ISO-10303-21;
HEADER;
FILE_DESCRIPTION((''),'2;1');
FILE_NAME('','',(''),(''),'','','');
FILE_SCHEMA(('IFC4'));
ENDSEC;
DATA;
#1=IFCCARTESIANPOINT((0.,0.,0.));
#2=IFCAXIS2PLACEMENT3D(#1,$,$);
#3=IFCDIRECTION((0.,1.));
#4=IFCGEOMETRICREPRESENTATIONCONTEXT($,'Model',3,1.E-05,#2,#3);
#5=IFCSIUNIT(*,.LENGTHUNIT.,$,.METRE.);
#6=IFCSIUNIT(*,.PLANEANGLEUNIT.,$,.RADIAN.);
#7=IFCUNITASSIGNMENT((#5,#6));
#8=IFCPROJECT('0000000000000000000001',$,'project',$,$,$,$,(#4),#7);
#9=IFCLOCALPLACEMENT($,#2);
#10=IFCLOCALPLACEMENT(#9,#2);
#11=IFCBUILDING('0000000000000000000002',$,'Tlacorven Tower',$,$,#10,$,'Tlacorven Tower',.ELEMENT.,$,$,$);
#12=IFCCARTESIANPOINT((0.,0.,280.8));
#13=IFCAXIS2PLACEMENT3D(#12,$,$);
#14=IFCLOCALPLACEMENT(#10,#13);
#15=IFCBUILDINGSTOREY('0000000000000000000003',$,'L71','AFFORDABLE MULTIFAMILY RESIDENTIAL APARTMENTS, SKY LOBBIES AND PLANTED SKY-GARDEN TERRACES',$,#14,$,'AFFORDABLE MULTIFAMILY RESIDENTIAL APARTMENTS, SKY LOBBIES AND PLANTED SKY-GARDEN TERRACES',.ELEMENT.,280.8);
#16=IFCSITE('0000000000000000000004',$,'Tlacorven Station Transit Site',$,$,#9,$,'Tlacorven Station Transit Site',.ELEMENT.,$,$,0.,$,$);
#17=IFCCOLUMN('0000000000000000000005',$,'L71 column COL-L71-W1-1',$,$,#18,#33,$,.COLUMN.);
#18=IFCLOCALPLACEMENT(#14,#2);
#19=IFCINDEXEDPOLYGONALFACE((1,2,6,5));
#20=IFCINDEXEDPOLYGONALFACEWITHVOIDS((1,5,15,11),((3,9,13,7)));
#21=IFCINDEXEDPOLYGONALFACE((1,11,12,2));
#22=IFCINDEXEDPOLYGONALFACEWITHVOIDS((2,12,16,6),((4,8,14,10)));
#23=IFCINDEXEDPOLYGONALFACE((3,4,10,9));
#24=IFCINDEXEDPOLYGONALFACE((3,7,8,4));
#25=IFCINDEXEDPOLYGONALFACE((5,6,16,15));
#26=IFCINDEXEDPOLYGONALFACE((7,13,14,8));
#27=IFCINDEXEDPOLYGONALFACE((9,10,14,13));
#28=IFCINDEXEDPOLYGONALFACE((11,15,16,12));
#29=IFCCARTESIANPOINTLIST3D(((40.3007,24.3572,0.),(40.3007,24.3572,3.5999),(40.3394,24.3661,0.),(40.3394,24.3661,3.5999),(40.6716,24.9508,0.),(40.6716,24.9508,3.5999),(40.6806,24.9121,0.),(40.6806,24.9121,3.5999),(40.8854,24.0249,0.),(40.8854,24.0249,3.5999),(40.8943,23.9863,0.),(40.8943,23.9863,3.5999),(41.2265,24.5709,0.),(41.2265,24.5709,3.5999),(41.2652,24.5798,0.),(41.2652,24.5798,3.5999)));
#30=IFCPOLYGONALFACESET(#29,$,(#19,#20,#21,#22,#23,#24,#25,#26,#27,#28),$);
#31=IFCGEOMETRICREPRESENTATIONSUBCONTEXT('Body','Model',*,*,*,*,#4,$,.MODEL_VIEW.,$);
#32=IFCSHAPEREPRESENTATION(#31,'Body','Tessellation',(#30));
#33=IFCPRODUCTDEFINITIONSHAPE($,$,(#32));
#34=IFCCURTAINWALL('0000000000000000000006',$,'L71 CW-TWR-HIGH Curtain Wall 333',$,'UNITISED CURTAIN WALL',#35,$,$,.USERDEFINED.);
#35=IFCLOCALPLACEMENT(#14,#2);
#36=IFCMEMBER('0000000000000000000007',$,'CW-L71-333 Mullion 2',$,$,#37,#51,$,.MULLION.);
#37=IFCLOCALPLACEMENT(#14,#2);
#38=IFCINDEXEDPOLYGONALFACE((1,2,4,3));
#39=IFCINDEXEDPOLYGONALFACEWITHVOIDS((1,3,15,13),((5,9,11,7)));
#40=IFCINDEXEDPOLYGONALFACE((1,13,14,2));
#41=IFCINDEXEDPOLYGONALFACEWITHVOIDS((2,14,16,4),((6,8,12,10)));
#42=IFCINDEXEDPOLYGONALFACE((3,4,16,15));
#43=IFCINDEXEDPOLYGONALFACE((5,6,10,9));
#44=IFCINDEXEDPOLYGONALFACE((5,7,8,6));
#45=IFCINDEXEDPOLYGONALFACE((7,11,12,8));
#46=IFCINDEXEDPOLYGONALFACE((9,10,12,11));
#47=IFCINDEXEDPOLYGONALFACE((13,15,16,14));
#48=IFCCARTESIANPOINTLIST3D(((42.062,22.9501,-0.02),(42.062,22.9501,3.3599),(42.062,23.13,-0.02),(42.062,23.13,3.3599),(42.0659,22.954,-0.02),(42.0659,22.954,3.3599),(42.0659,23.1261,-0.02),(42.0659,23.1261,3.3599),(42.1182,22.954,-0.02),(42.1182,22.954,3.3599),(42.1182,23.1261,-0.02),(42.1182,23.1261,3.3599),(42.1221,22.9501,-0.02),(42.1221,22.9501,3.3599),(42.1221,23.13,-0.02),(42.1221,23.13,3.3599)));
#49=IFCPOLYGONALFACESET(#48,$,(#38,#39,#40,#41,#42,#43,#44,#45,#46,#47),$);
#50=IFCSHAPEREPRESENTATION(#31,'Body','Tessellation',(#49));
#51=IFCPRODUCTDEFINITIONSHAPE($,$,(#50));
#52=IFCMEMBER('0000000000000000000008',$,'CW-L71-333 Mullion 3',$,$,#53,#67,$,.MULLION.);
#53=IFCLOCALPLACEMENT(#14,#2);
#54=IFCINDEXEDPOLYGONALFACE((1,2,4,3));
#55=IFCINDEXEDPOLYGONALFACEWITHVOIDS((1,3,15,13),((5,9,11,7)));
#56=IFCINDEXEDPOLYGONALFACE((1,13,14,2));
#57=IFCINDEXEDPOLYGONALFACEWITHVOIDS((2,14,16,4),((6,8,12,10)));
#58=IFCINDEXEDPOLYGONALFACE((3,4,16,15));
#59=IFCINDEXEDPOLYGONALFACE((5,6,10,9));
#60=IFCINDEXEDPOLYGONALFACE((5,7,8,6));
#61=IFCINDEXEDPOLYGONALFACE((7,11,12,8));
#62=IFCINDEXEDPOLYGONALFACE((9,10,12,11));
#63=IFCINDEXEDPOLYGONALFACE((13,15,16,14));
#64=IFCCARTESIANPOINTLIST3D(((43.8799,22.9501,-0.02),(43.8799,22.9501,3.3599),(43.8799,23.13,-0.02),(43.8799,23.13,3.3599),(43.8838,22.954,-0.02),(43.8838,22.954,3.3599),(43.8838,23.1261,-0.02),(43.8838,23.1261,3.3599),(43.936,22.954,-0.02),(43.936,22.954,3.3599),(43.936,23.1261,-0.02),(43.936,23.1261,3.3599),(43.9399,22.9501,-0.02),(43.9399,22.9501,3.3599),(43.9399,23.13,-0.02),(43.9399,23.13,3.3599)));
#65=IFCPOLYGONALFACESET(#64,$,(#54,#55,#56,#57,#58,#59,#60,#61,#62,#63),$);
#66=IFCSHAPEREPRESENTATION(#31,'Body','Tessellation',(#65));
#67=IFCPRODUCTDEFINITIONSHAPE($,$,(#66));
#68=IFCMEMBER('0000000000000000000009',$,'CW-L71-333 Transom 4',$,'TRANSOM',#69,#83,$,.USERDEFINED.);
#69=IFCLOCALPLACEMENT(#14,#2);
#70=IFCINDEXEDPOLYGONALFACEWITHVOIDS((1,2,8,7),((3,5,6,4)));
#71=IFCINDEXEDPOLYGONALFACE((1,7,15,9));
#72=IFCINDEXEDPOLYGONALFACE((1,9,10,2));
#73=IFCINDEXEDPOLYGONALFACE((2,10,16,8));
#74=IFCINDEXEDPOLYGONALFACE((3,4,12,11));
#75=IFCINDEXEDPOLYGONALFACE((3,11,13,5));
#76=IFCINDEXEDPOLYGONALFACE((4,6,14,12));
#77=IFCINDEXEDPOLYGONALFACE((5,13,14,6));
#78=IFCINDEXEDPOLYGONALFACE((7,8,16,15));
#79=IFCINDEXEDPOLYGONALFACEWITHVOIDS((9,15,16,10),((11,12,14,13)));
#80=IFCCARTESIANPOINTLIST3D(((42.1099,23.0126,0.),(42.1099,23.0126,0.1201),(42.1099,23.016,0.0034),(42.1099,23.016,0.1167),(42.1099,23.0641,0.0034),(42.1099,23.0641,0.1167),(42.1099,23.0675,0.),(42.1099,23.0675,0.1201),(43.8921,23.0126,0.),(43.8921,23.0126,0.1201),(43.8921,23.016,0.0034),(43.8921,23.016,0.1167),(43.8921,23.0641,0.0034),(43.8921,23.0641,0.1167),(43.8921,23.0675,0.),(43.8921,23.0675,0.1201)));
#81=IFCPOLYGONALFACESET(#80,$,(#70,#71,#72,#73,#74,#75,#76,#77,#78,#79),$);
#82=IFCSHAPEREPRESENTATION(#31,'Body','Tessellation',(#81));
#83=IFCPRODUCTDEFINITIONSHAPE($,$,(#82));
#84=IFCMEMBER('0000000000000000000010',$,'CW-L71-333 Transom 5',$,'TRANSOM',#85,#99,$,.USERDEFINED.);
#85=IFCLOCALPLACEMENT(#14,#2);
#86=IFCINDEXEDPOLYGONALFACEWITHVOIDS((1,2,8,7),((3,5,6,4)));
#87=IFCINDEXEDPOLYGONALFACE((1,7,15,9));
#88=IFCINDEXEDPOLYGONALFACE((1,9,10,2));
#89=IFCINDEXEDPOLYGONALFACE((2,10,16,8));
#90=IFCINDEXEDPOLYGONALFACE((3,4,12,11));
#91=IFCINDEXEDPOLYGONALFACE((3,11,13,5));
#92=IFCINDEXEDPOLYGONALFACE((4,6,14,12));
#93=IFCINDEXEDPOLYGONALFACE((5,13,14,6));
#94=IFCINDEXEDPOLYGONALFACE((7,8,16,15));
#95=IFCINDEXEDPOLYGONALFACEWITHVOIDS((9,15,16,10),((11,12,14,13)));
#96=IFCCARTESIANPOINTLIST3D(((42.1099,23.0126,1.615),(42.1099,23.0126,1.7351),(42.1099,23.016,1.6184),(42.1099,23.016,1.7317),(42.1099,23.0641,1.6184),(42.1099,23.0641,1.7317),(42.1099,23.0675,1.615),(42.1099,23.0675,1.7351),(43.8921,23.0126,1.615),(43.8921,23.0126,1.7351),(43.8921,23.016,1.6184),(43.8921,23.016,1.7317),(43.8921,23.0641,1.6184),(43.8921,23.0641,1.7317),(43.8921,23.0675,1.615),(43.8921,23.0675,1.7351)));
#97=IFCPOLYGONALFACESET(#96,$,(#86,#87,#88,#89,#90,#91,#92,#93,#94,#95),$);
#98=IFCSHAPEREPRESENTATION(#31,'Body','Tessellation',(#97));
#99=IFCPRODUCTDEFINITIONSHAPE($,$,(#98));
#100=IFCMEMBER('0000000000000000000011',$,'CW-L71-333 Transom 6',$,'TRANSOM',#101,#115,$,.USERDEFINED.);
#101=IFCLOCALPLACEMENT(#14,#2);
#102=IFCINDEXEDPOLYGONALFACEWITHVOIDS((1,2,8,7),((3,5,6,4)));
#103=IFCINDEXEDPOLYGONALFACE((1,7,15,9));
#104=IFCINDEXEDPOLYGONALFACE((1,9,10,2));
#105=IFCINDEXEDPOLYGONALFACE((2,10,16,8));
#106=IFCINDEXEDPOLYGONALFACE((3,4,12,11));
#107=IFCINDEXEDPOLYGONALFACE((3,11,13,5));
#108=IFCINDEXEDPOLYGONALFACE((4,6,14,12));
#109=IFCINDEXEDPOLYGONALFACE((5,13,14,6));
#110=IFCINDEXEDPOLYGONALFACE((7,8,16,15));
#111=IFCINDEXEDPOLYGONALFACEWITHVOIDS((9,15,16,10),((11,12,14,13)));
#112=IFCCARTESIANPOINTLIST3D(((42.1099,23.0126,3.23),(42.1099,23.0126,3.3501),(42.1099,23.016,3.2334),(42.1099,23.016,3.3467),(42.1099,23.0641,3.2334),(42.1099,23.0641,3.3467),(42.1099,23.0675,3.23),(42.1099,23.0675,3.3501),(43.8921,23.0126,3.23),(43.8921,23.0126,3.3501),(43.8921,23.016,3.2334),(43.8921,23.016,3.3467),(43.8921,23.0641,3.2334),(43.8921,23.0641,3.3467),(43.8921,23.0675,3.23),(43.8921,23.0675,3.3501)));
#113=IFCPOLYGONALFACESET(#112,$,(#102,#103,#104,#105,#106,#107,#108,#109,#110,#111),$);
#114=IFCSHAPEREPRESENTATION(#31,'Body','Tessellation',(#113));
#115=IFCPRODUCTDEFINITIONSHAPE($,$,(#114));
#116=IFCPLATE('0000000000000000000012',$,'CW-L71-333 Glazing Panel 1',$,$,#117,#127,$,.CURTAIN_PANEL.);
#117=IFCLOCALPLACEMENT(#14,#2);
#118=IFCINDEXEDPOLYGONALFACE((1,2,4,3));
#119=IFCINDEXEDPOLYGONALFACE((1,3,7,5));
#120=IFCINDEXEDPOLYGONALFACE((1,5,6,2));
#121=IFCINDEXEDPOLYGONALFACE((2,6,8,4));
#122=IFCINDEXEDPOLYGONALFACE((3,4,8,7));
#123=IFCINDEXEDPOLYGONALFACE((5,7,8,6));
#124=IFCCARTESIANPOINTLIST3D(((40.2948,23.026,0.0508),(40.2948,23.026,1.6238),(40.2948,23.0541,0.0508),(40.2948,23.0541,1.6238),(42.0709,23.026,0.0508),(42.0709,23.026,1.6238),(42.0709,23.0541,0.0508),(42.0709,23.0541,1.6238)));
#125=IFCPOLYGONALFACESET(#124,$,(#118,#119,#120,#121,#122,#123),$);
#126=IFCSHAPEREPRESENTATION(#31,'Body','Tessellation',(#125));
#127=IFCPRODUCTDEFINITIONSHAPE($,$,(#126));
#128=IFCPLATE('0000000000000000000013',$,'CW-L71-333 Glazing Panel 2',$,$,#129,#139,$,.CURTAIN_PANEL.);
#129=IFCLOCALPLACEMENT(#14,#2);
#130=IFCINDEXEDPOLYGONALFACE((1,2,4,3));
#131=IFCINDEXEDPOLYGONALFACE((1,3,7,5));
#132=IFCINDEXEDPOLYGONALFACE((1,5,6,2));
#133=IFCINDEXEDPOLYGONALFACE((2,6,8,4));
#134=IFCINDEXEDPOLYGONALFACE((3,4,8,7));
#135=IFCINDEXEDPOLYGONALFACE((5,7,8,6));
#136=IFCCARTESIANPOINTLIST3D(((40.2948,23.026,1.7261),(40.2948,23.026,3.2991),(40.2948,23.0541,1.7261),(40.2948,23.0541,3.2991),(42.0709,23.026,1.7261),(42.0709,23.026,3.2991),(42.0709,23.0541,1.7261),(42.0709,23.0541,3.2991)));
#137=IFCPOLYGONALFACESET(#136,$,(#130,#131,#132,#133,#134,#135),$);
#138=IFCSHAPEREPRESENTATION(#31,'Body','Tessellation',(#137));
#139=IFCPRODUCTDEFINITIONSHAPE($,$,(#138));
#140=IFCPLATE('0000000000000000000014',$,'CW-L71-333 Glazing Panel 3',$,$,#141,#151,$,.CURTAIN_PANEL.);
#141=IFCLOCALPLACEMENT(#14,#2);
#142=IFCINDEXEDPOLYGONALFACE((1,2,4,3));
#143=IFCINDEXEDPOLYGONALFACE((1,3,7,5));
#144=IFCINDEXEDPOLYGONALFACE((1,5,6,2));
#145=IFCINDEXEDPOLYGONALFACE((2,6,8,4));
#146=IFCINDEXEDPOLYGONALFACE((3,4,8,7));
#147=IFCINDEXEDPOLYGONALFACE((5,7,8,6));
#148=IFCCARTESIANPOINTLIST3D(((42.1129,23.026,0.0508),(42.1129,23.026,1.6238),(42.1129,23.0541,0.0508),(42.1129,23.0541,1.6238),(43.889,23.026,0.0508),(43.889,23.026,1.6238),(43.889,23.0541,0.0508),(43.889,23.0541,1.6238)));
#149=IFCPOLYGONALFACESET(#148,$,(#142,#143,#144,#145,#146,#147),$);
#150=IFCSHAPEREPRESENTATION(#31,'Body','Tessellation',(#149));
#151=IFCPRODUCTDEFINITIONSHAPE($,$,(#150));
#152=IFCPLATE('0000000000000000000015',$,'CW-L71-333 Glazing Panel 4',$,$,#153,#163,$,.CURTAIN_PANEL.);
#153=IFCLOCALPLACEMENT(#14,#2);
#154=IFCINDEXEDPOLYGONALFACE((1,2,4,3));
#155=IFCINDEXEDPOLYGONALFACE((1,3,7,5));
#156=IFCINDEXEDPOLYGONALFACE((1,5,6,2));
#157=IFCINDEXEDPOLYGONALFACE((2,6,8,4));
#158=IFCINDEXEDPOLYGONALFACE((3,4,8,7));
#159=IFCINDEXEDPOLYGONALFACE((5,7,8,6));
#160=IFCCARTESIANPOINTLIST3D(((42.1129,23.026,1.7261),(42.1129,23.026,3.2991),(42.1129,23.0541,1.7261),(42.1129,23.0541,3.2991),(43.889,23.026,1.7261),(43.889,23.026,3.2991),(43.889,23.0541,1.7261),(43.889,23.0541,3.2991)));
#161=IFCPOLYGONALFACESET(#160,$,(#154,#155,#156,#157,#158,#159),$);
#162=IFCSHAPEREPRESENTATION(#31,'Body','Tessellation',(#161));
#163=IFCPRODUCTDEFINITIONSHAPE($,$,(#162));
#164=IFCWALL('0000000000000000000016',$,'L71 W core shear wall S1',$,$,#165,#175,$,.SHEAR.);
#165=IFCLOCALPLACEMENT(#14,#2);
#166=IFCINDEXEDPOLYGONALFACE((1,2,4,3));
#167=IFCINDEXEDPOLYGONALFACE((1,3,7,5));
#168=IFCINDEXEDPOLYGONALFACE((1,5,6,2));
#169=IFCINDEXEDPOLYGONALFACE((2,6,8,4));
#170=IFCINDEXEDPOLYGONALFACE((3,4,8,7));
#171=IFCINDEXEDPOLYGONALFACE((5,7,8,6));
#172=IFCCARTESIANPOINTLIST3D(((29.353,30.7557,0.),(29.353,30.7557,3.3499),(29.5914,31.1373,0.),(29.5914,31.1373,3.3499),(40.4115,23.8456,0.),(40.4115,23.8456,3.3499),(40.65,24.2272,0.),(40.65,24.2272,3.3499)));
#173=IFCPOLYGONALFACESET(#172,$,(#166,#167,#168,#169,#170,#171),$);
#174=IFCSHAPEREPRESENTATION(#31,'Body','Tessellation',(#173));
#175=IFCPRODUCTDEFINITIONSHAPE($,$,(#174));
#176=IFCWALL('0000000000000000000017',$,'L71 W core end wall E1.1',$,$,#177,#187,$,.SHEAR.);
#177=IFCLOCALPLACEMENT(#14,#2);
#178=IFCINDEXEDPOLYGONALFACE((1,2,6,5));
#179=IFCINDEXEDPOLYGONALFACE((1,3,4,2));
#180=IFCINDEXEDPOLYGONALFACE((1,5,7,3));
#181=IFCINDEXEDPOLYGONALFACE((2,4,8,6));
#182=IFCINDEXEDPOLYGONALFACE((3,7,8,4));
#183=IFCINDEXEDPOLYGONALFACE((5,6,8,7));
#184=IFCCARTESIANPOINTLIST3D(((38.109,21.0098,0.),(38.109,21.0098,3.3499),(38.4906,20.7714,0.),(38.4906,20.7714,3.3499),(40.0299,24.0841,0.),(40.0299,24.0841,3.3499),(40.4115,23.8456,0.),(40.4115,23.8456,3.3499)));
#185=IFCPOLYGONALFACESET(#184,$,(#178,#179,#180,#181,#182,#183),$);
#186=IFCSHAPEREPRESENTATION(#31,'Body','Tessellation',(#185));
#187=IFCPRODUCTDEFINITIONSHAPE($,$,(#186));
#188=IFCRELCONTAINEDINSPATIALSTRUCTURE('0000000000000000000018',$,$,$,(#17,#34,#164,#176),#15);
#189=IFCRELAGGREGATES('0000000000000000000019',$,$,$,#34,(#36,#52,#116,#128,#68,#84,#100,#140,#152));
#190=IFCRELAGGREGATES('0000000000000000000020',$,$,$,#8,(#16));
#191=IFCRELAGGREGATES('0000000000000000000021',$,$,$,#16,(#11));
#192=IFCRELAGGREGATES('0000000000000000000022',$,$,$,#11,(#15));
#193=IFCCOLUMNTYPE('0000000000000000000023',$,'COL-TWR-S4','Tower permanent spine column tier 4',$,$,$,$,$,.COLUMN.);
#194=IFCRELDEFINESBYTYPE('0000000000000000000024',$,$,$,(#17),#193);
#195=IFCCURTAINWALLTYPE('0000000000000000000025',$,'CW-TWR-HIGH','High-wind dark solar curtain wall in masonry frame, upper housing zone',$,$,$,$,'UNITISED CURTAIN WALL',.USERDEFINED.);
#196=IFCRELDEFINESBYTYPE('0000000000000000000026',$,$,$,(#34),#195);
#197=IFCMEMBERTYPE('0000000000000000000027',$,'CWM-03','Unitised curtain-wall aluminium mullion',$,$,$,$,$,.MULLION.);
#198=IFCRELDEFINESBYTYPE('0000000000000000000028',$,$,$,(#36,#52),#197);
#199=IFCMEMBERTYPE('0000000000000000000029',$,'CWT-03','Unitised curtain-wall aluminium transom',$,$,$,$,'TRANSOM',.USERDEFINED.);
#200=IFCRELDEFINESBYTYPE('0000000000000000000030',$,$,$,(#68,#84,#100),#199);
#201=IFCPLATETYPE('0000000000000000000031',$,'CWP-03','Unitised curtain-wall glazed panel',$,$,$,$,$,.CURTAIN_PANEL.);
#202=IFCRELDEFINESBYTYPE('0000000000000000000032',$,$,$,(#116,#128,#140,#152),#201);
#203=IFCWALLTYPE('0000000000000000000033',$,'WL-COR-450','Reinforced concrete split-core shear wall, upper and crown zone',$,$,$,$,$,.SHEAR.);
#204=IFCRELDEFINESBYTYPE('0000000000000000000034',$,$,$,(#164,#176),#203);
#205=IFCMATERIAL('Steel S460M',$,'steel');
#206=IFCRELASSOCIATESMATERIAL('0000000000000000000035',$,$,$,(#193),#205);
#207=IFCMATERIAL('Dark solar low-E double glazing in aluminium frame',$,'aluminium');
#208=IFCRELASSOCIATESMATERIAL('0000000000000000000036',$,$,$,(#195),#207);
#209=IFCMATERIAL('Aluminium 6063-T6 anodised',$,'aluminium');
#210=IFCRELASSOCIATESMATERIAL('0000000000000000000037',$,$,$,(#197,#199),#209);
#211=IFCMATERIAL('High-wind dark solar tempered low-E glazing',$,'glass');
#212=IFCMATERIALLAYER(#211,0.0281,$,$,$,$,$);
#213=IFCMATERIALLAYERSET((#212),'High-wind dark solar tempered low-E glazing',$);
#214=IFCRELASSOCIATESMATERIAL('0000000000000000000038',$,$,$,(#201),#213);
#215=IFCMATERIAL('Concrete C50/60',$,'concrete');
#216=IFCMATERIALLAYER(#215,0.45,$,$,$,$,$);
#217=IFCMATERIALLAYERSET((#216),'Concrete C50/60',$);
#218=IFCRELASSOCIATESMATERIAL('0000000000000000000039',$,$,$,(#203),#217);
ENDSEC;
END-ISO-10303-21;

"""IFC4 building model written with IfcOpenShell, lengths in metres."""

from ifc_helpers import new_model, si_unit, direction, frame, frame_2d, origin, origin_2d, place, context, subcontext, project, spatial, rectangle, hollow_rectangle, extrude, source, transform, mapped, material, layer, layer_set, material_profile, profile_set, type_object, element, aggregate, save


model = new_model("IFC4")

# Units and contexts
model_context = context("Model", 3, precision=1e-05, world=origin(), true_north=direction((0.0, 1.0)))
body_context = subcontext(model_context, "Body", "Model", "MODEL_VIEW")
ifc_project = project(units=[si_unit("LENGTHUNIT", "METRE"), si_unit("PLANEANGLEUNIT", "RADIAN")], contexts=[model_context])

# Site, building, storey
site_placement = place(None, origin())
site = spatial("IfcSite", under=ifc_project, at=site_placement, Name="Tlacorven Station Transit Site", LongName="Tlacorven Station Transit Site", CompositionType="ELEMENT", RefElevation=0.0)
building_placement = place(site_placement, origin())
building = spatial("IfcBuilding", under=site, at=building_placement, Name="Tlacorven Tower", LongName="Tlacorven Tower", CompositionType="ELEMENT")
storey_placement = place(building_placement, frame((0.0, 0.0, 280.8)))
storey = spatial("IfcBuildingStorey", under=building, at=storey_placement, Name="L71", Description="AFFORDABLE MULTIFAMILY RESIDENTIAL APARTMENTS, SKY LOBBIES AND PLANTED SKY-GARDEN TERRACES", LongName="AFFORDABLE MULTIFAMILY RESIDENTIAL APARTMENTS, SKY LOBBIES AND PLANTED SKY-GARDEN TERRACES", CompositionType="ELEMENT", Elevation=280.8)

# Column
ifc_material_1 = material(Name="Steel S460M", Category="steel")
ifc_material_profile_1 = material_profile(ifc_material_1, hollow_rectangle(XDim=0.7, YDim=0.7, WallThickness=0.0281, at=origin_2d()), Name="BOX 700X700X28")
ifc_profile_set_1 = profile_set([ifc_material_profile_1], Name="Steel S460M")
column_type = type_object("IfcColumnType", Name="COL-TWR-S4", Description="Tower permanent spine column tier 4", PredefinedType="COLUMN", material=ifc_profile_set_1)
shared_shape_1 = source(origin(), body_context, "Body", "SweptSolid", [
    extrude(hollow_rectangle(XDim=0.7, YDim=0.7, WallThickness=0.0281, at=origin_2d()), origin(), (0.0, 0.0, 1.0), 3.5999),
])
column_placement = place(storey_placement, frame((40.783, 24.4685, 0.0), z_axis=(0.0, 0.0, 1.0), x_axis=(-0.848048, 0.529919, 0.0)))
element("IfcColumn", 1, at=column_placement, inside=storey, type_object=column_type, Name="L71 column COL-L71-W1-1", PredefinedType="COLUMN", context=body_context, shape_type="MappedRepresentation", body=[
    mapped(shared_shape_1, transform((0.0, 0.0, 0.0), scale=1.0)),
])

# Curtain wall, members, plates
ifc_material_2 = material(Name="Dark solar low-E double glazing in aluminium frame", Category="aluminium")
curtain_wall_type = type_object("IfcCurtainWallType", Name="CW-TWR-HIGH", Description="High-wind dark solar curtain wall in masonry frame, upper housing zone", ElementType="UNITISED CURTAIN WALL", PredefinedType="USERDEFINED", material=ifc_material_2)
curtain_wall_placement = place(storey_placement, origin())
curtain_wall = element("IfcCurtainWall", 2, at=curtain_wall_placement, inside=storey, type_object=curtain_wall_type, Name="L71 CW-TWR-HIGH Curtain Wall 333", ObjectType="UNITISED CURTAIN WALL", PredefinedType="USERDEFINED")
ifc_material_3 = material(Name="Aluminium 6063-T6 anodised", Category="aluminium")
ifc_material_profile_2 = material_profile(ifc_material_3, hollow_rectangle(XDim=0.0601, YDim=0.1799, WallThickness=0.0039, at=origin_2d()), Name="ALU MULLION 60X180")
ifc_profile_set_2 = profile_set([ifc_material_profile_2], Name="Aluminium 6063-T6 anodised")
member_type_1 = type_object("IfcMemberType", Name="CWM-03", Description="Unitised curtain-wall aluminium mullion", PredefinedType="MULLION", material=ifc_profile_set_2)
shared_shape_2 = source(origin(), body_context, "Body", "SweptSolid", [
    extrude(hollow_rectangle(XDim=0.0601, YDim=0.1799, WallThickness=0.0039, at=origin_2d()), origin(), (0.0, 0.0, 1.0), 3.3799),
])
member_1_placement = place(storey_placement, frame((42.092, 23.04, -0.02), z_axis=(0.0, 0.0, 1.0), x_axis=(1.0, 0.0, 0.0)))
member_1 = element("IfcMember", 3, at=member_1_placement, type_object=member_type_1, Name="CW-L71-333 Mullion 2", PredefinedType="MULLION", context=body_context, shape_type="MappedRepresentation", body=[
    mapped(shared_shape_2, transform((0.0, 0.0, 0.0), scale=1.0)),
])
member_2_placement = place(storey_placement, frame((43.9099, 23.04, -0.02), z_axis=(0.0, 0.0, 1.0), x_axis=(1.0, 0.0, 0.0)))
member_2 = element("IfcMember", 4, at=member_2_placement, type_object=member_type_1, Name="CW-L71-333 Mullion 3", PredefinedType="MULLION", context=body_context, shape_type="MappedRepresentation", body=[
    mapped(shared_shape_2, transform((0.0, 0.0, 0.0), scale=1.0)),
])
ifc_material_profile_3 = material_profile(ifc_material_3, hollow_rectangle(XDim=0.0549, YDim=0.1201, WallThickness=0.0034, at=origin_2d()), Name="ALU TRANSOM 55X120")
ifc_profile_set_3 = profile_set([ifc_material_profile_3], Name="Aluminium 6063-T6 anodised")
member_type_2 = type_object("IfcMemberType", Name="CWT-03", Description="Unitised curtain-wall aluminium transom", ElementType="TRANSOM", PredefinedType="USERDEFINED", material=ifc_profile_set_3)
shared_shape_3 = source(origin(), body_context, "Body", "SweptSolid", [
    extrude(hollow_rectangle(XDim=0.0549, YDim=0.1201, WallThickness=0.0034, at=origin_2d()), origin(), (0.0, 0.0, 1.0), 1.7822),
])
member_3_placement = place(storey_placement, frame((42.1099, 23.04, 0.0601), z_axis=(1.0, 0.0, 0.0), x_axis=(0.0, 1.0, 0.0)))
member_3 = element("IfcMember", 5, at=member_3_placement, type_object=member_type_2, Name="CW-L71-333 Transom 4", ObjectType="TRANSOM", PredefinedType="USERDEFINED", context=body_context, shape_type="MappedRepresentation", body=[
    mapped(shared_shape_3, transform((0.0, 0.0, 0.0), scale=1.0)),
])
member_4_placement = place(storey_placement, frame((42.1099, 23.04, 1.675), z_axis=(1.0, 0.0, 0.0), x_axis=(0.0, 1.0, 0.0)))
member_4 = element("IfcMember", 6, at=member_4_placement, type_object=member_type_2, Name="CW-L71-333 Transom 5", ObjectType="TRANSOM", PredefinedType="USERDEFINED", context=body_context, shape_type="MappedRepresentation", body=[
    mapped(shared_shape_3, transform((0.0, 0.0, 0.0), scale=1.0)),
])
member_5_placement = place(storey_placement, frame((42.1099, 23.04, 3.29), z_axis=(1.0, 0.0, 0.0), x_axis=(0.0, 1.0, 0.0)))
member_5 = element("IfcMember", 7, at=member_5_placement, type_object=member_type_2, Name="CW-L71-333 Transom 6", ObjectType="TRANSOM", PredefinedType="USERDEFINED", context=body_context, shape_type="MappedRepresentation", body=[
    mapped(shared_shape_3, transform((0.0, 0.0, 0.0), scale=1.0)),
])
ifc_material_4 = material(Name="High-wind dark solar tempered low-E glazing", Category="glass")
ifc_layer_1 = layer(ifc_material_4, 0.0281)
ifc_layer_set_1 = layer_set([ifc_layer_1], Name="High-wind dark solar tempered low-E glazing")
plate_type = type_object("IfcPlateType", Name="CWP-03", Description="Unitised curtain-wall glazed panel", PredefinedType="CURTAIN_PANEL", material=ifc_layer_set_1)
shared_shape_4 = source(origin(), body_context, "Body", "SweptSolid", [
    extrude(rectangle(XDim=1.7761, YDim=0.0281, at=origin_2d()), origin(), (0.0, 0.0, 1.0), 1.573),
])
plate_1_placement = place(storey_placement, frame((41.1829, 23.04, 0.0508), z_axis=(0.0, 0.0, 1.0), x_axis=(1.0, 0.0, 0.0)))
plate_1 = element("IfcPlate", 8, at=plate_1_placement, type_object=plate_type, Name="CW-L71-333 Glazing Panel 1", PredefinedType="CURTAIN_PANEL", context=body_context, shape_type="MappedRepresentation", body=[
    mapped(shared_shape_4, transform((0.0, 0.0, 0.0), scale=1.0)),
])
plate_2_placement = place(storey_placement, frame((41.1829, 23.04, 1.7261), z_axis=(0.0, 0.0, 1.0), x_axis=(1.0, 0.0, 0.0)))
plate_2 = element("IfcPlate", 9, at=plate_2_placement, type_object=plate_type, Name="CW-L71-333 Glazing Panel 2", PredefinedType="CURTAIN_PANEL", context=body_context, shape_type="MappedRepresentation", body=[
    mapped(shared_shape_4, transform((0.0, 0.0, 0.0), scale=1.0)),
])
plate_3_placement = place(storey_placement, frame((43.001, 23.04, 0.0508), z_axis=(0.0, 0.0, 1.0), x_axis=(1.0, 0.0, 0.0)))
plate_3 = element("IfcPlate", 10, at=plate_3_placement, type_object=plate_type, Name="CW-L71-333 Glazing Panel 3", PredefinedType="CURTAIN_PANEL", context=body_context, shape_type="MappedRepresentation", body=[
    mapped(shared_shape_4, transform((0.0, 0.0, 0.0), scale=1.0)),
])
plate_4_placement = place(storey_placement, frame((43.001, 23.04, 1.7261), z_axis=(0.0, 0.0, 1.0), x_axis=(1.0, 0.0, 0.0)))
plate_4 = element("IfcPlate", 11, at=plate_4_placement, type_object=plate_type, Name="CW-L71-333 Glazing Panel 4", PredefinedType="CURTAIN_PANEL", context=body_context, shape_type="MappedRepresentation", body=[
    mapped(shared_shape_4, transform((0.0, 0.0, 0.0), scale=1.0)),
])
aggregate(curtain_wall, [member_1, member_2, plate_1, plate_2, member_3, member_4, member_5, plate_3, plate_4])

# Walls
ifc_material_5 = material(Name="Concrete C50/60", Category="concrete")
ifc_layer_2 = layer(ifc_material_5, 0.45)
ifc_layer_set_2 = layer_set([ifc_layer_2], Name="Concrete C50/60")
wall_type_1 = type_object("IfcWallType", Name="WL-COR-450", Description="Reinforced concrete split-core shear wall, upper and crown zone", PredefinedType="SHEAR", material=ifc_layer_set_2)
wall_1_placement = place(storey_placement, frame((40.5308, 24.0364, 0.0), z_axis=(0.0, 0.0, 1.0), x_axis=(-0.848049, 0.529918, 0.0)))
element("IfcWall", 12, at=wall_1_placement, inside=storey, type_object=wall_type_1, Name="L71 W core shear wall S1", PredefinedType="SHEAR", context=body_context, shape_type="SweptSolid", body=[
    extrude(rectangle(XDim=13.04, YDim=0.45, at=frame_2d((6.52, 0.0))), origin(), (0.0, 0.0, 1.0), 3.3499),
])
wall_2_placement = place(storey_placement, frame((40.2207, 23.9648, 0.0), z_axis=(0.0, 0.0, 1.0), x_axis=(-0.529902, -0.848059, 0.0)))
element("IfcWall", 13, at=wall_2_placement, inside=storey, type_object=wall_type_1, Name="L71 W core end wall E1.1", PredefinedType="SHEAR", context=body_context, shape_type="SweptSolid", body=[
    extrude(rectangle(XDim=3.625, YDim=0.45, at=frame_2d((1.8125, 0.0))), origin(), (0.0, 0.0, 1.0), 3.3499),
])

save(model, "model.ifc")
